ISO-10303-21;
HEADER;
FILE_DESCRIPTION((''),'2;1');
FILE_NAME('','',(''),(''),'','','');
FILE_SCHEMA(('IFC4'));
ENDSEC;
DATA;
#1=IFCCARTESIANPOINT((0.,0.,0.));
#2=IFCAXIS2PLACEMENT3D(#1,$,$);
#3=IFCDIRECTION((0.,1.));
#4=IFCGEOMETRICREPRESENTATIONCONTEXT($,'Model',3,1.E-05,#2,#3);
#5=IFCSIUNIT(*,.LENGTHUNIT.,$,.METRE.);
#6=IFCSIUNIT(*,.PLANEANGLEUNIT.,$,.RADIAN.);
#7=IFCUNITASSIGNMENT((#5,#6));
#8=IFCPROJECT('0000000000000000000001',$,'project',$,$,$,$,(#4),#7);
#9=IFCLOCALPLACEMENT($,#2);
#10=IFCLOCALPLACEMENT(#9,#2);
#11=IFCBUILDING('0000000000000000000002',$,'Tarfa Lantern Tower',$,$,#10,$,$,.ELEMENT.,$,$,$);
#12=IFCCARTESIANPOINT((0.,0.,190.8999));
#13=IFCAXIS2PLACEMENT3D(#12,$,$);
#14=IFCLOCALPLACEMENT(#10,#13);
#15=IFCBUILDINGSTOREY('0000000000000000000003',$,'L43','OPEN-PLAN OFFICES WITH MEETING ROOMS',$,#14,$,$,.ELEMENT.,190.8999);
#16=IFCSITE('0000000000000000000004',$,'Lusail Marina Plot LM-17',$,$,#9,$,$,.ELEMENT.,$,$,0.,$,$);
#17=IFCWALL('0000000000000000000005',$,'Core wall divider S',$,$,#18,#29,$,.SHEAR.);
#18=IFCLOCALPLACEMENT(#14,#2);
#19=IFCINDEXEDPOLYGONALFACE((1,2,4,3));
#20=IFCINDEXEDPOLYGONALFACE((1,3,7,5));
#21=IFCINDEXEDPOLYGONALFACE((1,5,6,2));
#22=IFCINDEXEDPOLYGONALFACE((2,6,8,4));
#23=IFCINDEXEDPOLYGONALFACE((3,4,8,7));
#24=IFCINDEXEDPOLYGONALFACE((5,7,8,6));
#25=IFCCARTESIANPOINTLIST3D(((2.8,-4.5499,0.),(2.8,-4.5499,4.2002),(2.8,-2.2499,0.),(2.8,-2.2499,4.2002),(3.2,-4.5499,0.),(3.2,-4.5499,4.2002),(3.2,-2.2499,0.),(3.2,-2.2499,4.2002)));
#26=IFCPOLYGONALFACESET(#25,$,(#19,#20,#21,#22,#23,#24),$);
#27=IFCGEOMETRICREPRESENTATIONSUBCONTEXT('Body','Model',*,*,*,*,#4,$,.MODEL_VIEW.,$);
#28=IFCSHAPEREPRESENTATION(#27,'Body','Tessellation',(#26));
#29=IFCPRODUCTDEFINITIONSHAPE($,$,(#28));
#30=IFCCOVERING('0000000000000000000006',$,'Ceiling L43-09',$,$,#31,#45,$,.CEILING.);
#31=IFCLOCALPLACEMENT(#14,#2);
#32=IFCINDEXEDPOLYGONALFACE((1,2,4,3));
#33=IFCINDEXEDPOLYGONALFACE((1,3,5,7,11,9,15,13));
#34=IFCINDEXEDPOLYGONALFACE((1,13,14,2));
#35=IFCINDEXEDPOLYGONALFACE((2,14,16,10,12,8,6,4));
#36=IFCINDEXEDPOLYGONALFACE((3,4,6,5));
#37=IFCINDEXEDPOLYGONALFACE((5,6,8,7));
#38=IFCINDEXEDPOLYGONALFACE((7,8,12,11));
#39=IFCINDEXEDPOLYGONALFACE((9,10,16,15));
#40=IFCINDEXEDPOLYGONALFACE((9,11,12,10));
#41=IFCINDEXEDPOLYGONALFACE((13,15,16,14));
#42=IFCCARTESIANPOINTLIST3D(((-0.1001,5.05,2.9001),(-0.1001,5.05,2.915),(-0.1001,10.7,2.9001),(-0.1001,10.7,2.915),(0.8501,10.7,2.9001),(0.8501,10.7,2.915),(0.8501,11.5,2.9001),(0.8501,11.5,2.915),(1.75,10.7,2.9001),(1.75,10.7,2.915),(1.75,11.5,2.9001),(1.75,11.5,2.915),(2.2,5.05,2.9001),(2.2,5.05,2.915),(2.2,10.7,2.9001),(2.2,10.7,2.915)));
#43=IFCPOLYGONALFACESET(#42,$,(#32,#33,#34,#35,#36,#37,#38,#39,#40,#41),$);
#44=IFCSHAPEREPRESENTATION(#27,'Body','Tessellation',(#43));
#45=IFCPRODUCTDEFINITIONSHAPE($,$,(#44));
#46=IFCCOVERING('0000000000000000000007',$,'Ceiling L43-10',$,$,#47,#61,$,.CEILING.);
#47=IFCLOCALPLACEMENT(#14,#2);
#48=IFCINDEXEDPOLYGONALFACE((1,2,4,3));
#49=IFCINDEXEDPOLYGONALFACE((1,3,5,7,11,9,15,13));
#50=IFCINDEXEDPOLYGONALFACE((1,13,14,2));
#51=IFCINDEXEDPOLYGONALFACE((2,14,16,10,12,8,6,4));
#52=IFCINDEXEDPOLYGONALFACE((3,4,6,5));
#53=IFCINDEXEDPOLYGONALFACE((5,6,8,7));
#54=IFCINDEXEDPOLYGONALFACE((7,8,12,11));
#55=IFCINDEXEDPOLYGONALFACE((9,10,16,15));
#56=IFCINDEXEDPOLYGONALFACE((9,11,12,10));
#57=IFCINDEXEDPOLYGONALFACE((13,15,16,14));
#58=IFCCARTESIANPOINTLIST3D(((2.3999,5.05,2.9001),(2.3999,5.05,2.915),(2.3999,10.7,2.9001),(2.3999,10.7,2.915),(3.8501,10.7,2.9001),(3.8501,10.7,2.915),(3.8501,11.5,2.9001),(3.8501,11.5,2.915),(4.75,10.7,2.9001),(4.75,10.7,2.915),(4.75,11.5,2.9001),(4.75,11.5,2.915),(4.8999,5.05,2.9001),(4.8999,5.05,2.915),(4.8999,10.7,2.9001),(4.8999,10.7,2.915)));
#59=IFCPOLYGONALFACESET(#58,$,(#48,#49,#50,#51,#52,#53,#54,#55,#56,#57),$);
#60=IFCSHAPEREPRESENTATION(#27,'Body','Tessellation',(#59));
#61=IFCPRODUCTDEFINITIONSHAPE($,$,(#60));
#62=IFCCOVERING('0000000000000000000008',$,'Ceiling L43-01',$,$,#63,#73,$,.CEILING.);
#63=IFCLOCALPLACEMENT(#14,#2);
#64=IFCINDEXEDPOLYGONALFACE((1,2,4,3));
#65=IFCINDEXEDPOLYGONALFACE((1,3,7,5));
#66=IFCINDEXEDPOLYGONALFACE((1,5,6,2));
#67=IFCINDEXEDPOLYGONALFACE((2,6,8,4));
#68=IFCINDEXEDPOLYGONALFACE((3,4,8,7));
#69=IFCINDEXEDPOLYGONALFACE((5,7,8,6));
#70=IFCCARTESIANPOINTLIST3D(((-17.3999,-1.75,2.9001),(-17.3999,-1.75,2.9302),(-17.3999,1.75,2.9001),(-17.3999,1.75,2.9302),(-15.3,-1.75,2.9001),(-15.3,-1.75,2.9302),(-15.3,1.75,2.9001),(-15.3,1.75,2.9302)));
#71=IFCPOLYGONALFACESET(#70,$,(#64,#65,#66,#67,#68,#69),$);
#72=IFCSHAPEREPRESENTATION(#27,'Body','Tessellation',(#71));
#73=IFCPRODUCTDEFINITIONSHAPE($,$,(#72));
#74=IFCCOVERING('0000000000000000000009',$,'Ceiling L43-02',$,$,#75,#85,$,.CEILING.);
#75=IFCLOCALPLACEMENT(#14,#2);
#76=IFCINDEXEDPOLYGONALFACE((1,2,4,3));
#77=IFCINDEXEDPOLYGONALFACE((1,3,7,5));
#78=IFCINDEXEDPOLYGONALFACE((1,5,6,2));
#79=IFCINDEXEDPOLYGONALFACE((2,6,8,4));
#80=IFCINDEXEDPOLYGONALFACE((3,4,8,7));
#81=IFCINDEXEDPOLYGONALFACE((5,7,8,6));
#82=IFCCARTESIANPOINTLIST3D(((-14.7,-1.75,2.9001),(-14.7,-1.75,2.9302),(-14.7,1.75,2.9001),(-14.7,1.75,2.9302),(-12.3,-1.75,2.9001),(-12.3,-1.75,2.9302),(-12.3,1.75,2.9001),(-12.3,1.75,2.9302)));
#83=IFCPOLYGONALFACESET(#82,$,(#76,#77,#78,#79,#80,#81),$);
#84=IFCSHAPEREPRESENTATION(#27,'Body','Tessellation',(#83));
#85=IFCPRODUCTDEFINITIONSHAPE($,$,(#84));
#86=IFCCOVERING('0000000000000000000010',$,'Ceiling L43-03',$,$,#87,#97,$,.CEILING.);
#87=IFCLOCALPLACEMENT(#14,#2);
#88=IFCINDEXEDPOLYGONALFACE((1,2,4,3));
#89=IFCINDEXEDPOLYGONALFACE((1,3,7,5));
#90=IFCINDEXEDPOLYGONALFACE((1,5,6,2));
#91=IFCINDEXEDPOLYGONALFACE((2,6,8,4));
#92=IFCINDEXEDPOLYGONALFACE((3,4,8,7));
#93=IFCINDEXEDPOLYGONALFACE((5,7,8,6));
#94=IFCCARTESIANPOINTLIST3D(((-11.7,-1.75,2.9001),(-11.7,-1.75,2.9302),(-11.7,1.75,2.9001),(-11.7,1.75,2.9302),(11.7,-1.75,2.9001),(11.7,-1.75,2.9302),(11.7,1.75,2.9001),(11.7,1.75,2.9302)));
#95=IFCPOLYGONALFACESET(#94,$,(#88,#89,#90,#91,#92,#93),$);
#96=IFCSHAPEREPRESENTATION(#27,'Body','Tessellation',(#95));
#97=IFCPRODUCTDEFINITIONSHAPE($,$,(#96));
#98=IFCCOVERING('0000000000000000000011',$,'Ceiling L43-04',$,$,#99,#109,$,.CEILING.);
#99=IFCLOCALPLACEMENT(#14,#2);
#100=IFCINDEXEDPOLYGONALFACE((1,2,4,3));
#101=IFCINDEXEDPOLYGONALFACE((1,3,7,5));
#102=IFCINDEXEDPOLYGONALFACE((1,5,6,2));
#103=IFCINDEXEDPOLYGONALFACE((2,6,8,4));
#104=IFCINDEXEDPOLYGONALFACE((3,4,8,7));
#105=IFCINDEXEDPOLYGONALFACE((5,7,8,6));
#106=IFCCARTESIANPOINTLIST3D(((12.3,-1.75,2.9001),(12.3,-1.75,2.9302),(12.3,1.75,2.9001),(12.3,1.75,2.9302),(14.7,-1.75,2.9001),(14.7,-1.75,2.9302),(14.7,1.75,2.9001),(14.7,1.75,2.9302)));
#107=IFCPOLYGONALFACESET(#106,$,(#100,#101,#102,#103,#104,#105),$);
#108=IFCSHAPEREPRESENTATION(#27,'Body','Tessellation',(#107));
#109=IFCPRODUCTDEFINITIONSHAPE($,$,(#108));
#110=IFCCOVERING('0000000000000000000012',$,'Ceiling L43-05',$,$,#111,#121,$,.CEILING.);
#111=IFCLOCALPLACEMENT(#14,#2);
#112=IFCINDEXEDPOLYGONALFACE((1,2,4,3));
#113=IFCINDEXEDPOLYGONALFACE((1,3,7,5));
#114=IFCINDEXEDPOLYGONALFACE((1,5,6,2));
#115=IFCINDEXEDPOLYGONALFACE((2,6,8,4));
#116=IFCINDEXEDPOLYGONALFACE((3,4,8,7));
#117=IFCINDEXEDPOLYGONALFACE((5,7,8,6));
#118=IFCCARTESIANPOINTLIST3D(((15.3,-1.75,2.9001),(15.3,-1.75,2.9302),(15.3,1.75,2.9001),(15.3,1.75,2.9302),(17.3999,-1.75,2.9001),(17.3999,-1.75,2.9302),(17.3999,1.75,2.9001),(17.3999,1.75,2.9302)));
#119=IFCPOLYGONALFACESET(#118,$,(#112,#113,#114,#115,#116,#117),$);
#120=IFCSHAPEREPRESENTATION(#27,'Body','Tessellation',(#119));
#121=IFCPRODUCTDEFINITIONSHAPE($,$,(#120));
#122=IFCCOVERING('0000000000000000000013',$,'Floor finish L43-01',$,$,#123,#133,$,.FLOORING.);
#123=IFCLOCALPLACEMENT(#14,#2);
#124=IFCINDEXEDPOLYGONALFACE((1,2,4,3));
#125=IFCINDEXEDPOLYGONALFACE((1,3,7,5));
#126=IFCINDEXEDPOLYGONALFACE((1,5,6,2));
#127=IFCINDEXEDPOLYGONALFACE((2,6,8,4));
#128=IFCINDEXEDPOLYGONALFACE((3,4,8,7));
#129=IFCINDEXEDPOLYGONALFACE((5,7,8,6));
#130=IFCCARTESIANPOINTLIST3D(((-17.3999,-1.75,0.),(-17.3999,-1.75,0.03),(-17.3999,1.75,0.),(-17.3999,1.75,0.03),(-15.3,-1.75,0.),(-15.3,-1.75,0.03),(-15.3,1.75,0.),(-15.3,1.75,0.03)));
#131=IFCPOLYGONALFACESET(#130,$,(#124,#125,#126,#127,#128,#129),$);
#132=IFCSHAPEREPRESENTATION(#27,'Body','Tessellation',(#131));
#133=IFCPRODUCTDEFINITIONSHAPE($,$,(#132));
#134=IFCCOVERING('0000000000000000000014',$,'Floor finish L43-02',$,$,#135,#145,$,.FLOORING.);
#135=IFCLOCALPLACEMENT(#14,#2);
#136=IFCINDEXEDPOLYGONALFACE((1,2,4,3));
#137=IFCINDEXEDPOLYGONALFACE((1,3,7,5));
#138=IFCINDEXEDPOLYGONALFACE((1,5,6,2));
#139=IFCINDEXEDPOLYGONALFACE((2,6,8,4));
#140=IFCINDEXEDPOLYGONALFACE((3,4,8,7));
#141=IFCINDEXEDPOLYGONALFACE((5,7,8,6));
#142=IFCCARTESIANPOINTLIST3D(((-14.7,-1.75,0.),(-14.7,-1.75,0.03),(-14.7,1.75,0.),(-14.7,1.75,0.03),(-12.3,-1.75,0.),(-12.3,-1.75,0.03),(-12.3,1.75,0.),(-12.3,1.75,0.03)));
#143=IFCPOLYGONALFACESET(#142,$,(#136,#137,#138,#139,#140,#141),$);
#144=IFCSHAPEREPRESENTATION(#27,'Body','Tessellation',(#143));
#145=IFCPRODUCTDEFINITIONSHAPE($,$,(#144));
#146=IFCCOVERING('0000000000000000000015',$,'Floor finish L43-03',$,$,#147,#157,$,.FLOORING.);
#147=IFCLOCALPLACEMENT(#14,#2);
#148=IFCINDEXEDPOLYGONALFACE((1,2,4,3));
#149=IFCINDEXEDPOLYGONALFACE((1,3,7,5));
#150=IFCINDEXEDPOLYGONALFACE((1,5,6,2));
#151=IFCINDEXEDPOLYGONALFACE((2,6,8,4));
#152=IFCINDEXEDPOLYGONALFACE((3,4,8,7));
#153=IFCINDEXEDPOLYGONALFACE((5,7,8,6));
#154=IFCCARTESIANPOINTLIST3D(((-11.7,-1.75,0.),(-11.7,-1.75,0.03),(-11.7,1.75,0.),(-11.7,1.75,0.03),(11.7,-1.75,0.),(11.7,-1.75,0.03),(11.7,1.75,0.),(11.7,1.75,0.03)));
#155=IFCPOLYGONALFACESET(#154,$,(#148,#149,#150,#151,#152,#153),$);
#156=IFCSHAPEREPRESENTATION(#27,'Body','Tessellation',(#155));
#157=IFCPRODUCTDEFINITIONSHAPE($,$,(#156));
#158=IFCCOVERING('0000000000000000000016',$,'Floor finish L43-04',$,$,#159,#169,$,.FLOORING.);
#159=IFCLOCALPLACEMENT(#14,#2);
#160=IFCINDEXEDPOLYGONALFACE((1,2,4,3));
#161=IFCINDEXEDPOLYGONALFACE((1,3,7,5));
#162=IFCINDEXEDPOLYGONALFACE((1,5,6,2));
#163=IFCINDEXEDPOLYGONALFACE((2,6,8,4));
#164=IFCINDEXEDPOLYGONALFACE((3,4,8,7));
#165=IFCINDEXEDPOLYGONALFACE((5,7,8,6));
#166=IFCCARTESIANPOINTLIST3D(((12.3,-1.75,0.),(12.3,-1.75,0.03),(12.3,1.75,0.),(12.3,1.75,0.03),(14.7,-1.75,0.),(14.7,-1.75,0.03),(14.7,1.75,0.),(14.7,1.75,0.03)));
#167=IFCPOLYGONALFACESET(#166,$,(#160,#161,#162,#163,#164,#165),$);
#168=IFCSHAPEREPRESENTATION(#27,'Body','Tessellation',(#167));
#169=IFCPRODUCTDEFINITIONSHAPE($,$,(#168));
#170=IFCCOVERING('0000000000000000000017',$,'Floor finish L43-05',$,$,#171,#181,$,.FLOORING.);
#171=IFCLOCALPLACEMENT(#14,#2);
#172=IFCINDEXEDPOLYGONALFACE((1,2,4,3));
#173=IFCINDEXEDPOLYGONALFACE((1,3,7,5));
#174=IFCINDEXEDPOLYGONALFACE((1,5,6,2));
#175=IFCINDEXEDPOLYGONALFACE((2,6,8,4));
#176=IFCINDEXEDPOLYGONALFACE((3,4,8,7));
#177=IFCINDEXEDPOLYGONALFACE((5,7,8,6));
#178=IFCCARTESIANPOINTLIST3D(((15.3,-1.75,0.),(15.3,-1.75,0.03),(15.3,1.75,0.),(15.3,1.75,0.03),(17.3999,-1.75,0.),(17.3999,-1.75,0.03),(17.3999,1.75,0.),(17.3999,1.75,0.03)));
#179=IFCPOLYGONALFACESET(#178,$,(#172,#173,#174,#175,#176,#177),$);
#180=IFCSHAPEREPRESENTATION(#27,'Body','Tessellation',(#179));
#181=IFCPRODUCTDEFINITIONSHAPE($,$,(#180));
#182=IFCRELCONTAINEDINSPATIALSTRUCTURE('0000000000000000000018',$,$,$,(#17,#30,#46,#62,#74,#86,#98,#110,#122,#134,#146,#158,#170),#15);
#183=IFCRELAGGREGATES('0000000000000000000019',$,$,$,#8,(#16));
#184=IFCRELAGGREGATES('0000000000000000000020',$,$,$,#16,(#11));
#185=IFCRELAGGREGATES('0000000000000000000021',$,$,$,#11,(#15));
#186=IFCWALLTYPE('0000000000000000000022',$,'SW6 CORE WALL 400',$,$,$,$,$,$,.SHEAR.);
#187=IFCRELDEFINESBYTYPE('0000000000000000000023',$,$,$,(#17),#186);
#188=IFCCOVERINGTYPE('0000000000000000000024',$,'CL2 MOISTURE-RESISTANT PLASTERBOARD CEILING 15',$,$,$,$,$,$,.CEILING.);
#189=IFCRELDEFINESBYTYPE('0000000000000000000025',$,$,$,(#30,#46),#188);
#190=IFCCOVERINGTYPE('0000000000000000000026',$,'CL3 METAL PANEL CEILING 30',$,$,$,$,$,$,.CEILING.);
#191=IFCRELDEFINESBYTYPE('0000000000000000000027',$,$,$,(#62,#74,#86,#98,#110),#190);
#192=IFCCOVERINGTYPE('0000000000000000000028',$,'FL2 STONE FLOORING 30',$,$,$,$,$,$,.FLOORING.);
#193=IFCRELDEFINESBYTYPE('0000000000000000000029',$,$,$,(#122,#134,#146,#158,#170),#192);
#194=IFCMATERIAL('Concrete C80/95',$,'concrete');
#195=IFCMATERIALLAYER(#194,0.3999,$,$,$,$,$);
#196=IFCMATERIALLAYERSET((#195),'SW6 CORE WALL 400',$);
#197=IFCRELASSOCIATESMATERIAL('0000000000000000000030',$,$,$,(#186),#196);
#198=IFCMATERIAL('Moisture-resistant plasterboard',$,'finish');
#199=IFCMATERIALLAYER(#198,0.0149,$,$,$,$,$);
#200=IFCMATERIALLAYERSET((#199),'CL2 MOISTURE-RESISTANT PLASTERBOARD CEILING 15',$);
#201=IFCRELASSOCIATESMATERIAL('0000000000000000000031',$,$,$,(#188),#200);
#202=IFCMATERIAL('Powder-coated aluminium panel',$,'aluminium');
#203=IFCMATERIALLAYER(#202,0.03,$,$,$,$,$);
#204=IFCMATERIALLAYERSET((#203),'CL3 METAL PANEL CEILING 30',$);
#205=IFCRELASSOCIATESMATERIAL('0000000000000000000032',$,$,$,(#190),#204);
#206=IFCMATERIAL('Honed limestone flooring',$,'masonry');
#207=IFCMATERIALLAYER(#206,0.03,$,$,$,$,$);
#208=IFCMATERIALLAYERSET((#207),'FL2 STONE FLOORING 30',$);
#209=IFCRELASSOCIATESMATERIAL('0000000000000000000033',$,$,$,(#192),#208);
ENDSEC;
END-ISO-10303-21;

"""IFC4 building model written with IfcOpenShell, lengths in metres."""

from ifc_helpers import new_model, si_unit, direction, frame, frame_2d, origin, place, context, subcontext, project, spatial, polyline, rectangle, outline, extrude, material, layer, layer_set, type_object, element, save


model = new_model("IFC4")

# Units and contexts
model_context = context("Model", 3, precision=1e-05, world=origin(), true_north=direction((0.0, 1.0)))
body_context = subcontext(model_context, "Body", "Model", "MODEL_VIEW")
ifc_project = project(units=[si_unit("LENGTHUNIT", "METRE"), si_unit("PLANEANGLEUNIT", "RADIAN")], contexts=[model_context])

# Site, building, storey
site_placement = place(None, origin())
site = spatial("IfcSite", under=ifc_project, at=site_placement, Name="Lusail Marina Plot LM-17", CompositionType="ELEMENT", RefElevation=0.0)
building_placement = place(site_placement, origin())
building = spatial("IfcBuilding", under=site, at=building_placement, Name="Tarfa Lantern Tower", CompositionType="ELEMENT")
storey_placement = place(building_placement, frame((0.0, 0.0, 190.8999)))
storey = spatial("IfcBuildingStorey", under=building, at=storey_placement, Name="L43", Description="OPEN-PLAN OFFICES WITH MEETING ROOMS", CompositionType="ELEMENT", Elevation=190.8999)

# Shared definitions
ifc_material_1 = material(Name="Concrete C80/95", Category="concrete")

# Wall
ifc_layer_1 = layer(ifc_material_1, 0.3999)
ifc_layer_set_1 = layer_set([ifc_layer_1], Name="SW6 CORE WALL 400")
wall_type_1 = type_object("IfcWallType", Name="SW6 CORE WALL 400", PredefinedType="SHEAR", material=ifc_layer_set_1)
for number, where, z_axis, x_axis, name in (
    (1, (3.0, -2.25, 0.0), (0.0, 0.0, 1.0), (0.0, -1.0, 0.0), "Core wall divider S"),
):
    element("IfcWall", number, at=place(storey_placement, frame(where, z_axis=z_axis, x_axis=x_axis)), inside=storey, type_object=wall_type_1, Name=name, PredefinedType="SHEAR", context=body_context, shape_type="SweptSolid", body=[
        extrude(rectangle(XDim=2.3, YDim=0.3999, at=frame_2d((1.1499, 0.0))), origin(), (0.0, 0.0, 1.0), 4.2002),
    ])

# Coverings
ifc_material_2 = material(Name="Moisture-resistant plasterboard", Category="finish")
ifc_layer_2 = layer(ifc_material_2, 0.0149)
ifc_layer_set_2 = layer_set([ifc_layer_2], Name="CL2 MOISTURE-RESISTANT PLASTERBOARD CEILING 15")
covering_type_1 = type_object("IfcCoveringType", Name="CL2 MOISTURE-RESISTANT PLASTERBOARD CEILING 15", PredefinedType="CEILING", material=ifc_layer_set_2)
covering_1_placement = place(storey_placement, frame((0.0, 0.0, 2.9001)))
element("IfcCovering", 2, at=covering_1_placement, inside=storey, type_object=covering_type_1, Name="Ceiling L43-09", PredefinedType="CEILING", context=body_context, shape_type="SweptSolid", body=[
    extrude(outline(polyline([(0.8501, 10.7), (-0.1001, 10.7), (-0.1001, 5.05), (2.2, 5.05), (2.2, 10.7), (1.75, 10.7), (1.75, 11.5), (0.8501, 11.5), (0.8501, 10.7)])), origin(), (0.0, 0.0, 1.0), 0.0149),
])
covering_2_placement = place(storey_placement, frame((0.0, 0.0, 2.9001)))
element("IfcCovering", 3, at=covering_2_placement, inside=storey, type_object=covering_type_1, Name="Ceiling L43-10", PredefinedType="CEILING", context=body_context, shape_type="SweptSolid", body=[
    extrude(outline(polyline([(2.3999, 5.05), (4.8999, 5.05), (4.8999, 10.7), (4.75, 10.7), (4.75, 11.5), (3.8501, 11.5), (3.8501, 10.7), (2.3999, 10.7), (2.3999, 5.05)])), origin(), (0.0, 0.0, 1.0), 0.0149),
])
ifc_material_3 = material(Name="Powder-coated aluminium panel", Category="aluminium")
ifc_layer_3 = layer(ifc_material_3, 0.03)
ifc_layer_set_3 = layer_set([ifc_layer_3], Name="CL3 METAL PANEL CEILING 30")
covering_type_2 = type_object("IfcCoveringType", Name="CL3 METAL PANEL CEILING 30", PredefinedType="CEILING", material=ifc_layer_set_3)
covering_3_placement = place(storey_placement, frame((0.0, 0.0, 2.9001)))
element("IfcCovering", 4, at=covering_3_placement, inside=storey, type_object=covering_type_2, Name="Ceiling L43-01", PredefinedType="CEILING", context=body_context, shape_type="SweptSolid", body=[
    extrude(outline(polyline([(-17.3999, -1.75), (-15.3, -1.75), (-15.3, 1.75), (-17.3999, 1.75), (-17.3999, -1.75)])), origin(), (0.0, 0.0, 1.0), 0.03),
])
covering_4_placement = place(storey_placement, frame((0.0, 0.0, 2.9001)))
element("IfcCovering", 5, at=covering_4_placement, inside=storey, type_object=covering_type_2, Name="Ceiling L43-02", PredefinedType="CEILING", context=body_context, shape_type="SweptSolid", body=[
    extrude(outline(polyline([(-14.7, -1.75), (-12.3, -1.75), (-12.3, 1.75), (-14.7, 1.75), (-14.7, -1.75)])), origin(), (0.0, 0.0, 1.0), 0.03),
])
covering_5_placement = place(storey_placement, frame((0.0, 0.0, 2.9001)))
element("IfcCovering", 6, at=covering_5_placement, inside=storey, type_object=covering_type_2, Name="Ceiling L43-03", PredefinedType="CEILING", context=body_context, shape_type="SweptSolid", body=[
    extrude(outline(polyline([(-11.7, -1.75), (11.7, -1.75), (11.7, 1.75), (-11.7, 1.75), (-11.7, -1.75)])), origin(), (0.0, 0.0, 1.0), 0.03),
])
covering_6_placement = place(storey_placement, frame((0.0, 0.0, 2.9001)))
element("IfcCovering", 7, at=covering_6_placement, inside=storey, type_object=covering_type_2, Name="Ceiling L43-04", PredefinedType="CEILING", context=body_context, shape_type="SweptSolid", body=[
    extrude(outline(polyline([(12.3, -1.75), (14.7, -1.75), (14.7, 1.75), (12.3, 1.75), (12.3, -1.75)])), origin(), (0.0, 0.0, 1.0), 0.03),
])
covering_7_placement = place(storey_placement, frame((0.0, 0.0, 2.9001)))
element("IfcCovering", 8, at=covering_7_placement, inside=storey, type_object=covering_type_2, Name="Ceiling L43-05", PredefinedType="CEILING", context=body_context, shape_type="SweptSolid", body=[
    extrude(outline(polyline([(15.3, -1.75), (17.3999, -1.75), (17.3999, 1.75), (15.3, 1.75), (15.3, -1.75)])), origin(), (0.0, 0.0, 1.0), 0.03),
])
ifc_material_4 = material(Name="Honed limestone flooring", Category="masonry")
ifc_layer_4 = layer(ifc_material_4, 0.03)
ifc_layer_set_4 = layer_set([ifc_layer_4], Name="FL2 STONE FLOORING 30")
covering_type_3 = type_object("IfcCoveringType", Name="FL2 STONE FLOORING 30", PredefinedType="FLOORING", material=ifc_layer_set_4)
covering_8_placement = place(storey_placement, origin())
element("IfcCovering", 9, at=covering_8_placement, inside=storey, type_object=covering_type_3, Name="Floor finish L43-01", PredefinedType="FLOORING", context=body_context, shape_type="SweptSolid", body=[
    extrude(outline(polyline([(-17.3999, -1.75), (-15.3, -1.75), (-15.3, 1.75), (-17.3999, 1.75), (-17.3999, -1.75)])), origin(), (0.0, 0.0, 1.0), 0.03),
])
covering_9_placement = place(storey_placement, origin())
element("IfcCovering", 10, at=covering_9_placement, inside=storey, type_object=covering_type_3, Name="Floor finish L43-02", PredefinedType="FLOORING", context=body_context, shape_type="SweptSolid", body=[
    extrude(outline(polyline([(-14.7, -1.75), (-12.3, -1.75), (-12.3, 1.75), (-14.7, 1.75), (-14.7, -1.75)])), origin(), (0.0, 0.0, 1.0), 0.03),
])
covering_10_placement = place(storey_placement, origin())
element("IfcCovering", 11, at=covering_10_placement, inside=storey, type_object=covering_type_3, Name="Floor finish L43-03", PredefinedType="FLOORING", context=body_context, shape_type="SweptSolid", body=[
    extrude(outline(polyline([(-11.7, -1.75), (11.7, -1.75), (11.7, 1.75), (-11.7, 1.75), (-11.7, -1.75)])), origin(), (0.0, 0.0, 1.0), 0.03),
])
covering_11_placement = place(storey_placement, origin())
element("IfcCovering", 12, at=covering_11_placement, inside=storey, type_object=covering_type_3, Name="Floor finish L43-04", PredefinedType="FLOORING", context=body_context, shape_type="SweptSolid", body=[
    extrude(outline(polyline([(12.3, -1.75), (14.7, -1.75), (14.7, 1.75), (12.3, 1.75), (12.3, -1.75)])), origin(), (0.0, 0.0, 1.0), 0.03),
])
covering_12_placement = place(storey_placement, origin())
element("IfcCovering", 13, at=covering_12_placement, inside=storey, type_object=covering_type_3, Name="Floor finish L43-05", PredefinedType="FLOORING", context=body_context, shape_type="SweptSolid", body=[
    extrude(outline(polyline([(15.3, -1.75), (17.3999, -1.75), (17.3999, 1.75), (15.3, 1.75), (15.3, -1.75)])), origin(), (0.0, 0.0, 1.0), 0.03),
])

save(model, "model.ifc")
